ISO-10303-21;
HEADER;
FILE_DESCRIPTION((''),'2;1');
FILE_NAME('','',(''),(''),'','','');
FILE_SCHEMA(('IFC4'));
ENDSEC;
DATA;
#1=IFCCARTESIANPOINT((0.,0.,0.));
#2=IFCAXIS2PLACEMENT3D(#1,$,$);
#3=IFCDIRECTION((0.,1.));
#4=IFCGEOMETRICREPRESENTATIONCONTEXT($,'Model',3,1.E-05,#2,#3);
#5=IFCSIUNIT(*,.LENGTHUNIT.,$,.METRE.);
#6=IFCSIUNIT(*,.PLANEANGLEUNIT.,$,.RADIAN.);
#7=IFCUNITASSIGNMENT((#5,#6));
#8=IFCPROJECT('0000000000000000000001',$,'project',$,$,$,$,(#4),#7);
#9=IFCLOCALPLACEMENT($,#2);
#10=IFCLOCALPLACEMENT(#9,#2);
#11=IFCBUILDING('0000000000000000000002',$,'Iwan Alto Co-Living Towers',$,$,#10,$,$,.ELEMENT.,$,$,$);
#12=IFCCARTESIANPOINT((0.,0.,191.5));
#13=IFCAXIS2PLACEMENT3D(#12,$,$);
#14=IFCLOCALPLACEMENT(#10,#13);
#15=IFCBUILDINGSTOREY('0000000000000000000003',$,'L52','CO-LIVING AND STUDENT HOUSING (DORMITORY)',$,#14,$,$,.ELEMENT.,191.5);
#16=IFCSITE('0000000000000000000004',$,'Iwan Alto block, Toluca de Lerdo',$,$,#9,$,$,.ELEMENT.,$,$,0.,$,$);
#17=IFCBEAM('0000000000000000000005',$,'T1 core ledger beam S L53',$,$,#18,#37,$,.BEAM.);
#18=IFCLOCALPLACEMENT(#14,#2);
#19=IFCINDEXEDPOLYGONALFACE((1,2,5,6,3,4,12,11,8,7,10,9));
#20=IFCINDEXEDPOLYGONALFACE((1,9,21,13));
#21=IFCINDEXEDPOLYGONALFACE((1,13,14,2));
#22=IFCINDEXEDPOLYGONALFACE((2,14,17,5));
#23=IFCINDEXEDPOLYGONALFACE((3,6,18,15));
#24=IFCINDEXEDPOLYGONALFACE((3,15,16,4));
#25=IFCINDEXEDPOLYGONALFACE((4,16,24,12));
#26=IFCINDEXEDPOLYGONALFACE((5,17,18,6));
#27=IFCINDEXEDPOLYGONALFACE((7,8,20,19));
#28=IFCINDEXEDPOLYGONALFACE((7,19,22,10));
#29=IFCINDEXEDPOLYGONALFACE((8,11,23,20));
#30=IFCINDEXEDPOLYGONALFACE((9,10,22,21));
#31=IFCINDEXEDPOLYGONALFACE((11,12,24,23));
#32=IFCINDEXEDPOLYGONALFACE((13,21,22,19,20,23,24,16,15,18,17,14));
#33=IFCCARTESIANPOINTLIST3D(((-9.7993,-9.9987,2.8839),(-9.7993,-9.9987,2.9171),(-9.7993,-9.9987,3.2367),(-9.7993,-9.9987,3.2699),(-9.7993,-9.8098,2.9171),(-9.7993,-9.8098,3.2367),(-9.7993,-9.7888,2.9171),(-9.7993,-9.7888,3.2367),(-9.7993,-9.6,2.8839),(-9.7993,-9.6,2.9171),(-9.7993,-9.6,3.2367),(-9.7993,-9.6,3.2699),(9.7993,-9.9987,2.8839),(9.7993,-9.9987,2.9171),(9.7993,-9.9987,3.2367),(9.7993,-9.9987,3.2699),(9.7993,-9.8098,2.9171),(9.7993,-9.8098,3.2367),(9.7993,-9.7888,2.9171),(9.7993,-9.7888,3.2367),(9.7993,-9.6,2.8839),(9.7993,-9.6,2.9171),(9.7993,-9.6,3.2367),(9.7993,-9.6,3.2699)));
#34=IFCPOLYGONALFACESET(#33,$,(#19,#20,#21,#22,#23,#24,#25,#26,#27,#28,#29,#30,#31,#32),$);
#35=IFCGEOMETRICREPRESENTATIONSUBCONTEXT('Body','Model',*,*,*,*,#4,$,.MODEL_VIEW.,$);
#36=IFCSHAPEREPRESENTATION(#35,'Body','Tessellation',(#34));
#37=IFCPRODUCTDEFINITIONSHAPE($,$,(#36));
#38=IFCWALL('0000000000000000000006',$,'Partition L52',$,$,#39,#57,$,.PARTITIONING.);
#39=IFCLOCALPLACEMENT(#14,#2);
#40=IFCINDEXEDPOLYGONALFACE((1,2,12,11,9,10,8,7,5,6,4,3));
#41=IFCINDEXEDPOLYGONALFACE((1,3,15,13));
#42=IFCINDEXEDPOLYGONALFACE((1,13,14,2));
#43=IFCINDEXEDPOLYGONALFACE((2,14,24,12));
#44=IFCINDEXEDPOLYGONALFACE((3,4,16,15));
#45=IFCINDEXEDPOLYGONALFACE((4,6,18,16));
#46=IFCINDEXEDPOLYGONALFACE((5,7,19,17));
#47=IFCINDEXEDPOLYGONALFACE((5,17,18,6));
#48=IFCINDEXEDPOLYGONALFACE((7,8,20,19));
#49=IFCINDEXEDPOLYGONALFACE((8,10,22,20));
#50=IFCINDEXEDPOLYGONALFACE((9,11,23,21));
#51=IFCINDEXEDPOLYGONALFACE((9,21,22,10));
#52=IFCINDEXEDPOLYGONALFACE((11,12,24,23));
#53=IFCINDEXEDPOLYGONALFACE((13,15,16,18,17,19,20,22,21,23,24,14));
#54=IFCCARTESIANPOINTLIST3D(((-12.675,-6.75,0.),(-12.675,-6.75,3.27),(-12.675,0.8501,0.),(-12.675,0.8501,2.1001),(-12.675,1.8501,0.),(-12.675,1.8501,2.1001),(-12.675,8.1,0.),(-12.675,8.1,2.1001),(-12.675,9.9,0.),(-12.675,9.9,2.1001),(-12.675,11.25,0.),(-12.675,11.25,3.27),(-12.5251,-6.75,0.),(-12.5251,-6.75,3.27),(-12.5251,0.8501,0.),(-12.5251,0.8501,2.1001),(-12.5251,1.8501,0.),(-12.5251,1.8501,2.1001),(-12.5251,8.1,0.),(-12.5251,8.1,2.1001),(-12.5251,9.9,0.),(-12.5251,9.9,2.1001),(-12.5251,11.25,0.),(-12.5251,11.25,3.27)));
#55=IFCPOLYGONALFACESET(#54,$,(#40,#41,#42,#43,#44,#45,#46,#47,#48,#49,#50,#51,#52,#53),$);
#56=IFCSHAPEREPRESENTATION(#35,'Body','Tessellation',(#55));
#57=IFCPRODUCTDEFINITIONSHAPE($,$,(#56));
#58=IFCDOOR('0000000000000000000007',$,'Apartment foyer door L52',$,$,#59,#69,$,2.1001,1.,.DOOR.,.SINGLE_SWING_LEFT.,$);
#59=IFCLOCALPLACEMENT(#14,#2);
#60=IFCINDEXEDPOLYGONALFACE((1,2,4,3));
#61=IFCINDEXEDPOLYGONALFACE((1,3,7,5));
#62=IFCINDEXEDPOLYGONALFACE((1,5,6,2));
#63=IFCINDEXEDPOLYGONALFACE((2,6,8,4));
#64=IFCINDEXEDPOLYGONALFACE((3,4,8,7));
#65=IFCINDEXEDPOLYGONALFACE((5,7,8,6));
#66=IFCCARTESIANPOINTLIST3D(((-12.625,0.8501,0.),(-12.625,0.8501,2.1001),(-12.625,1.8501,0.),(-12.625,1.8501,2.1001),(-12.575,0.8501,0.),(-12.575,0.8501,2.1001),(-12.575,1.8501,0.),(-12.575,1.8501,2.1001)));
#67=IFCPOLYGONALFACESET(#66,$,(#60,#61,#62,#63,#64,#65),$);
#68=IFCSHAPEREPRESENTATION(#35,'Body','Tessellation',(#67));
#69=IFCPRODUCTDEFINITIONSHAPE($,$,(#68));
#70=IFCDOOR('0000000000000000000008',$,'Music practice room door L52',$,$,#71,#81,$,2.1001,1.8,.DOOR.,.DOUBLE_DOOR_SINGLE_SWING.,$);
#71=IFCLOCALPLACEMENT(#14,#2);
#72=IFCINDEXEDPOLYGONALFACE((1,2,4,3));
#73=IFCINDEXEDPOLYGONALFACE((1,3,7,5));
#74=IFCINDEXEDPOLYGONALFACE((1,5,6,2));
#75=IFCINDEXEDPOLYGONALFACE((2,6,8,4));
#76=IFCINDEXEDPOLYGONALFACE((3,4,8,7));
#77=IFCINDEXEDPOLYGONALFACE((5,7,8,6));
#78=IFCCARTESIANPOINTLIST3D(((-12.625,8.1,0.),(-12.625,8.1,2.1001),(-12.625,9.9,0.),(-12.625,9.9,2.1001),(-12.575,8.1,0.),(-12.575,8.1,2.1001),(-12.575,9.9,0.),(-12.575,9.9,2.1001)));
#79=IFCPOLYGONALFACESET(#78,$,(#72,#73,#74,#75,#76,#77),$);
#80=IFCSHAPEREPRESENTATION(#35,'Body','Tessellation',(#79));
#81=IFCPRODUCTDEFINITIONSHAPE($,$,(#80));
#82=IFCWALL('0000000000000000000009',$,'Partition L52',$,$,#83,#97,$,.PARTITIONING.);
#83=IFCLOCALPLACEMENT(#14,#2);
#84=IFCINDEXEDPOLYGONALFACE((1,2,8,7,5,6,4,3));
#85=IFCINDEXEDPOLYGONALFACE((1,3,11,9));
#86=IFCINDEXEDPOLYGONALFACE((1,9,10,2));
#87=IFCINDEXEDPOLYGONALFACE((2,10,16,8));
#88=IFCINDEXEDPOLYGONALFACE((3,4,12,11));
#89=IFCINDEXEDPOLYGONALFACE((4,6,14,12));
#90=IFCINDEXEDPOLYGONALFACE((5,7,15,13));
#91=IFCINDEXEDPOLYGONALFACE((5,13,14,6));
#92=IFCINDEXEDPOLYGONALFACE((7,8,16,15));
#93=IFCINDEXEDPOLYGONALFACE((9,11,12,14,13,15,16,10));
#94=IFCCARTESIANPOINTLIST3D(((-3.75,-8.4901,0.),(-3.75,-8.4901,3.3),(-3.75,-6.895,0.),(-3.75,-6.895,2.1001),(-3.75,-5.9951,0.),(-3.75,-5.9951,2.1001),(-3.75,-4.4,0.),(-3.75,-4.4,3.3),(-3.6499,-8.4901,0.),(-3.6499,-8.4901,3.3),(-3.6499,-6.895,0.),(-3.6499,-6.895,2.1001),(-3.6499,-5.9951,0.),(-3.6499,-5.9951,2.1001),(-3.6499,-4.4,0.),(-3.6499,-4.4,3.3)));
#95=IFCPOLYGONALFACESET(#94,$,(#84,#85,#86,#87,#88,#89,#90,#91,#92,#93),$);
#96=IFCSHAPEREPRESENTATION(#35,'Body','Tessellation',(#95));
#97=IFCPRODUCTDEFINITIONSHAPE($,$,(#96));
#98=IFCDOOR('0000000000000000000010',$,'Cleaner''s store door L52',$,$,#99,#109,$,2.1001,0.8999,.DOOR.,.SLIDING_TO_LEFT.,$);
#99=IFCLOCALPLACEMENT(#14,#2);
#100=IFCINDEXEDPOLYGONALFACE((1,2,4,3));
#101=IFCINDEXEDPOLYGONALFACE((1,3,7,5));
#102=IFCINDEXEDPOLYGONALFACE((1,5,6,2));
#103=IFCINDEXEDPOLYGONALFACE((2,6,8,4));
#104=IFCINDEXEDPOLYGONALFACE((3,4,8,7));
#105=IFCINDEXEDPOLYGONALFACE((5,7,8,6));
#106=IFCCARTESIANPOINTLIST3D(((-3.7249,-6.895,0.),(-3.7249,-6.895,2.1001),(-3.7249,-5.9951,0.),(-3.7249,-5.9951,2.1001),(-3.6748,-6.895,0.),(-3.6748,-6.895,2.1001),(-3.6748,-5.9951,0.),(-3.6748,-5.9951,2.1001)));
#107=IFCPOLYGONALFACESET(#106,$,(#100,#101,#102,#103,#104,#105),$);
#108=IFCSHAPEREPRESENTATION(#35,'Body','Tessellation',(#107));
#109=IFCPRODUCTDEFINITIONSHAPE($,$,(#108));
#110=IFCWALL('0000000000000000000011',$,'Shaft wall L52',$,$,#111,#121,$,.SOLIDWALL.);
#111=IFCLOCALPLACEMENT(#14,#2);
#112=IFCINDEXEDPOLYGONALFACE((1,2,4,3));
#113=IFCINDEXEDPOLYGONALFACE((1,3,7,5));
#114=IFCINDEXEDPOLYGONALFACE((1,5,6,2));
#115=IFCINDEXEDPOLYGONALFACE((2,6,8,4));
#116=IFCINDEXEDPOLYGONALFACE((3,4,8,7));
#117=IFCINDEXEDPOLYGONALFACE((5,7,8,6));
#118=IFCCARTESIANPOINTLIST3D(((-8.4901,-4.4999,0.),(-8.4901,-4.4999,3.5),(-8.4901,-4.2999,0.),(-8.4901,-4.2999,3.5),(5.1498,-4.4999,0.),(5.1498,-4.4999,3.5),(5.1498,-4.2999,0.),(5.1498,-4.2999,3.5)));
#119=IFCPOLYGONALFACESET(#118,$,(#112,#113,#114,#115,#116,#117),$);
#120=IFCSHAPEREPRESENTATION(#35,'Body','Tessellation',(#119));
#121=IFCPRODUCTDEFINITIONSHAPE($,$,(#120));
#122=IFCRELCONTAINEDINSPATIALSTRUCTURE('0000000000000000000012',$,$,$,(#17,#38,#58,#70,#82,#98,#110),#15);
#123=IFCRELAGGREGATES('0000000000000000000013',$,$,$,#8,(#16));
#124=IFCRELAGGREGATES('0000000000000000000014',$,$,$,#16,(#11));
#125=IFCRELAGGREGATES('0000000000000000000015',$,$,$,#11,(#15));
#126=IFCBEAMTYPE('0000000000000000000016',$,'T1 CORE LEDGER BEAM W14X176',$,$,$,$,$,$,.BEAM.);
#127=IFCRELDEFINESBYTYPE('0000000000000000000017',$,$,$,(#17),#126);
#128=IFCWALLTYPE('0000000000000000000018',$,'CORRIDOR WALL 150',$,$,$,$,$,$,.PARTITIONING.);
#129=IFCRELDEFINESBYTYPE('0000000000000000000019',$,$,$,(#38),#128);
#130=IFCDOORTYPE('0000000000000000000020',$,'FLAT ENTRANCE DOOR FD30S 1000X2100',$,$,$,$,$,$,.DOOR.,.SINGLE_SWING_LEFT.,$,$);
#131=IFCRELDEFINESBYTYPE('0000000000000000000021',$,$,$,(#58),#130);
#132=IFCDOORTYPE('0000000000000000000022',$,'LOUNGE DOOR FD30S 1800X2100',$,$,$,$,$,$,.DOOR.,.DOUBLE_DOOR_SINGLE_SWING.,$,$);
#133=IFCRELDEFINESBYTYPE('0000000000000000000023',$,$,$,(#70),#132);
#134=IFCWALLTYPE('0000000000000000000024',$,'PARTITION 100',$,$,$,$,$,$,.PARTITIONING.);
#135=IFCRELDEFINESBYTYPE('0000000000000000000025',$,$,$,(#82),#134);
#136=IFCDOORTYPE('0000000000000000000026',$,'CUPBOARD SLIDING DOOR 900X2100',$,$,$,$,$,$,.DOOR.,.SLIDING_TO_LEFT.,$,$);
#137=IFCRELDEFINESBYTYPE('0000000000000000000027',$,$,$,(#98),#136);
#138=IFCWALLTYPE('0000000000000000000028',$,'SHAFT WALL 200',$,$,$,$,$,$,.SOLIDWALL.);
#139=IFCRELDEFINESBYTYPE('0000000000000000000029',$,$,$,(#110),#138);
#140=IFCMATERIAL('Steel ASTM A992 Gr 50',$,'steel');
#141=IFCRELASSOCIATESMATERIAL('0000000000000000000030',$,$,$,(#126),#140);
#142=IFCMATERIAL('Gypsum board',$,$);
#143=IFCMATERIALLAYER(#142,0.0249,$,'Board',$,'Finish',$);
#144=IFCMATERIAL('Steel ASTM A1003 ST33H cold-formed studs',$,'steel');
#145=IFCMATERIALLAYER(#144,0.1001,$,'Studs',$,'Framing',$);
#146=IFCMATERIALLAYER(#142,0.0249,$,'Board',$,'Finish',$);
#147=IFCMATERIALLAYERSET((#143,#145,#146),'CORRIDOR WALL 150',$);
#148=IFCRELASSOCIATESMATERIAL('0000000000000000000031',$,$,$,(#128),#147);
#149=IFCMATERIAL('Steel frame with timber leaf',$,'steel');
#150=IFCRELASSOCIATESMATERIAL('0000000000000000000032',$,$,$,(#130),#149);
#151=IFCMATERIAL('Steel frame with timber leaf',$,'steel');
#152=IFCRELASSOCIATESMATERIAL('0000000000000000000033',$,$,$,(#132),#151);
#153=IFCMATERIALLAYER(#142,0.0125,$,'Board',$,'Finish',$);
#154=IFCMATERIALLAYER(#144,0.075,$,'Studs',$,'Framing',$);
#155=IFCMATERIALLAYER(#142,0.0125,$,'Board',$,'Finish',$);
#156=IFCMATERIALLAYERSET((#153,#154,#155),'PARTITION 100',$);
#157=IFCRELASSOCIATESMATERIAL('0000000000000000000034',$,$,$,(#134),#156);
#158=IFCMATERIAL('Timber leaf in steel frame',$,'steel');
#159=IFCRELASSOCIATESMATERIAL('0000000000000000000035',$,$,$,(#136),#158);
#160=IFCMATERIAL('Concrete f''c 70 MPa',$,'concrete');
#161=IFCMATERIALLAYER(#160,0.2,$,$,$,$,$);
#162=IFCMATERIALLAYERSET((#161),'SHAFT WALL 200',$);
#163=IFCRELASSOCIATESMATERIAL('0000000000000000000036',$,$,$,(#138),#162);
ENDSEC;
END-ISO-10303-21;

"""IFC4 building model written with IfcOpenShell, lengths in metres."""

from ifc_helpers import new_model, si_unit, direction, frame, frame_2d, origin, origin_2d, place, context, subcontext, project, spatial, rectangle, i_section, extrude, material, layer, layer_set, material_profile, profile_set, type_object, element, fill, save


model = new_model("IFC4")

# Units and contexts
model_context = context("Model", 3, precision=1e-05, world=origin(), true_north=direction((0.0, 1.0)))
body_context = subcontext(model_context, "Body", "Model", "MODEL_VIEW")
ifc_project = project(units=[si_unit("LENGTHUNIT", "METRE"), si_unit("PLANEANGLEUNIT", "RADIAN")], contexts=[model_context])

# Site, building, storey
site_placement = place(None, origin())
site = spatial("IfcSite", under=ifc_project, at=site_placement, Name="Iwan Alto block, Toluca de Lerdo", CompositionType="ELEMENT", RefElevation=0.0)
building_placement = place(site_placement, origin())
building = spatial("IfcBuilding", under=site, at=building_placement, Name="Iwan Alto Co-Living Towers", CompositionType="ELEMENT")
storey_placement = place(building_placement, frame((0.0, 0.0, 191.5)))
storey = spatial("IfcBuildingStorey", under=building, at=storey_placement, Name="L52", Description="CO-LIVING AND STUDENT HOUSING (DORMITORY)", CompositionType="ELEMENT", Elevation=191.5)

# Beam
ifc_material_1 = material(Name="Steel ASTM A992 Gr 50", Category="steel")
ifc_material_profile = material_profile(ifc_material_1, i_section(OverallWidth=0.3987, OverallDepth=0.386, WebThickness=0.021, FlangeThickness=0.0332, at=origin_2d()), Name="W14X176")
ifc_profile_set = profile_set([ifc_material_profile], Name="Steel ASTM A992 Gr 50")
beam_type = type_object("IfcBeamType", Name="T1 CORE LEDGER BEAM W14X176", PredefinedType="BEAM", material=ifc_profile_set)
beam_placement = place(storey_placement, frame((-9.7993, -9.7993, 3.0769), z_axis=(1.0, 0.0, 0.0), x_axis=(0.0, 1.0, 0.0)))
element("IfcBeam", 1, at=beam_placement, inside=storey, type_object=beam_type, Name="T1 core ledger beam S L53", PredefinedType="BEAM", context=body_context, shape_type="SweptSolid", body=[
    extrude(i_section(OverallWidth=0.3987, OverallDepth=0.386, WebThickness=0.021, FlangeThickness=0.0332, at=origin_2d()), origin(), (0.0, 0.0, 1.0), 19.5986),
])

# Wall, openings, doors
ifc_material_2 = material(Name="Gypsum board")
ifc_layer_1 = layer(ifc_material_2, 0.0249, Name="Board", Category="Finish")
ifc_material_3 = material(Name="Steel ASTM A1003 ST33H cold-formed studs", Category="steel")
ifc_layer_2 = layer(ifc_material_3, 0.1001, Name="Studs", Category="Framing")
ifc_layer_3 = layer(ifc_material_2, 0.0249, Name="Board", Category="Finish")
ifc_layer_set_1 = layer_set([ifc_layer_1, ifc_layer_2, ifc_layer_3], Name="CORRIDOR WALL 150")
wall_type_1 = type_object("IfcWallType", Name="CORRIDOR WALL 150", PredefinedType="PARTITIONING", material=ifc_layer_set_1)
wall_1_placement = place(storey_placement, frame((-12.6001, -6.75, 0.0), z_axis=(0.0, 0.0, 1.0), x_axis=(0.0, 1.0, 0.0)))
wall_1 = element("IfcWall", 2, at=wall_1_placement, inside=storey, type_object=wall_type_1, Name="Partition L52", PredefinedType="PARTITIONING", context=body_context, shape_type="SweptSolid", body=[
    extrude(rectangle(XDim=18.0, YDim=0.1499, at=frame_2d((9.0, 0.0))), origin(), (0.0, 0.0, 1.0), 3.27),
])
opening_1_placement = place(wall_1_placement, frame((14.8501, 0.0, 0.0)))
opening_1 = element("IfcOpeningElement", 3, at=opening_1_placement, cuts=wall_1, PredefinedType="OPENING", context=body_context, shape_type="SweptSolid", body=[
    extrude(rectangle(XDim=1.8, YDim=2.1001, at=frame_2d((0.8999, 1.05))), frame((0.0, 0.085, 0.0), z_axis=(0.0, -1.0, 0.0), x_axis=(1.0, 0.0, 0.0)), (0.0, 0.0, 1.0), 0.1699),
])
opening_2_placement = place(wall_1_placement, frame((7.6001, 0.0, 0.0)))
opening_2 = element("IfcOpeningElement", 4, at=opening_2_placement, cuts=wall_1, PredefinedType="OPENING", context=body_context, shape_type="SweptSolid", body=[
    extrude(rectangle(XDim=1.0, YDim=2.1001, at=frame_2d((0.5, 1.05))), frame((0.0, 0.085, 0.0), z_axis=(0.0, -1.0, 0.0), x_axis=(1.0, 0.0, 0.0)), (0.0, 0.0, 1.0), 0.1699),
])
ifc_material_4 = material(Name="Steel frame with timber leaf", Category="steel")
door_type_1 = type_object("IfcDoorType", Name="FLAT ENTRANCE DOOR FD30S 1000X2100", OperationType="SINGLE_SWING_LEFT", PredefinedType="DOOR", material=ifc_material_4)
door_1_placement = place(opening_2_placement, origin())
door_1 = element("IfcDoor", 5, at=door_1_placement, inside=storey, type_object=door_type_1, Name="Apartment foyer door L52", OperationType="SINGLE_SWING_LEFT", OverallHeight=2.1001, OverallWidth=1.0, PredefinedType="DOOR", context=body_context, shape_type="SweptSolid", body=[
    extrude(rectangle(XDim=1.0, YDim=2.1001, at=frame_2d((0.5, 1.05))), frame((0.0, 0.0249, 0.0), z_axis=(0.0, -1.0, 0.0), x_axis=(1.0, 0.0, 0.0)), (0.0, 0.0, 1.0), 0.05),
])
fill(opening_2, door_1)
ifc_material_5 = material(Name="Steel frame with timber leaf", Category="steel")
door_type_2 = type_object("IfcDoorType", Name="LOUNGE DOOR FD30S 1800X2100", OperationType="DOUBLE_DOOR_SINGLE_SWING", PredefinedType="DOOR", material=ifc_material_5)
door_2_placement = place(opening_1_placement, origin())
door_2 = element("IfcDoor", 6, at=door_2_placement, inside=storey, type_object=door_type_2, Name="Music practice room door L52", OperationType="DOUBLE_DOOR_SINGLE_SWING", OverallHeight=2.1001, OverallWidth=1.8, PredefinedType="DOOR", context=body_context, shape_type="SweptSolid", body=[
    extrude(rectangle(XDim=1.8, YDim=2.1001, at=frame_2d((0.8999, 1.05))), frame((0.0, 0.0249, 0.0), z_axis=(0.0, -1.0, 0.0), x_axis=(1.0, 0.0, 0.0)), (0.0, 0.0, 1.0), 0.05),
])
fill(opening_1, door_2)

# Wall, opening, door
ifc_layer_4 = layer(ifc_material_2, 0.0125, Name="Board", Category="Finish")
ifc_layer_5 = layer(ifc_material_3, 0.075, Name="Studs", Category="Framing")
ifc_layer_6 = layer(ifc_material_2, 0.0125, Name="Board", Category="Finish")
ifc_layer_set_2 = layer_set([ifc_layer_4, ifc_layer_5, ifc_layer_6], Name="PARTITION 100")
wall_type_2 = type_object("IfcWallType", Name="PARTITION 100", PredefinedType="PARTITIONING", material=ifc_layer_set_2)
wall_2_placement = place(storey_placement, frame((-3.7, -8.49, 0.0), z_axis=(0.0, 0.0, 1.0), x_axis=(0.0, 1.0, 0.0)))
wall_2 = element("IfcWall", 7, at=wall_2_placement, inside=storey, type_object=wall_type_2, Name="Partition L52", PredefinedType="PARTITIONING", context=body_context, shape_type="SweptSolid", body=[
    extrude(rectangle(XDim=4.0901, YDim=0.1001, at=frame_2d((2.0449, 0.0))), origin(), (0.0, 0.0, 1.0), 3.3),
])
opening_3_placement = place(wall_2_placement, frame((1.595, 0.0, 0.0)))
opening_3 = element("IfcOpeningElement", 8, at=opening_3_placement, cuts=wall_2, PredefinedType="OPENING", context=body_context, shape_type="SweptSolid", body=[
    extrude(rectangle(XDim=0.8999, YDim=2.1001, at=frame_2d((0.45, 1.05))), frame((0.0, 0.0601, 0.0), z_axis=(0.0, -1.0, 0.0), x_axis=(1.0, 0.0, 0.0)), (0.0, 0.0, 1.0), 0.1201),
])
ifc_material_6 = material(Name="Timber leaf in steel frame", Category="steel")
door_type_3 = type_object("IfcDoorType", Name="CUPBOARD SLIDING DOOR 900X2100", OperationType="SLIDING_TO_LEFT", PredefinedType="DOOR", material=ifc_material_6)
door_3_placement = place(opening_3_placement, origin())
door_3 = element("IfcDoor", 9, at=door_3_placement, inside=storey, type_object=door_type_3, Name="Cleaner's store door L52", OperationType="SLIDING_TO_LEFT", OverallHeight=2.1001, OverallWidth=0.8999, PredefinedType="DOOR", context=body_context, shape_type="SweptSolid", body=[
    extrude(rectangle(XDim=0.8999, YDim=2.1001, at=frame_2d((0.45, 1.05))), frame((0.0, 0.0249, 0.0), z_axis=(0.0, -1.0, 0.0), x_axis=(1.0, 0.0, 0.0)), (0.0, 0.0, 1.0), 0.05),
])
fill(opening_3, door_3)

# Wall
ifc_material_7 = material(Name="Concrete f'c 70 MPa", Category="concrete")
ifc_layer_7 = layer(ifc_material_7, 0.2)
ifc_layer_set_3 = layer_set([ifc_layer_7], Name="SHAFT WALL 200")
wall_type_3 = type_object("IfcWallType", Name="SHAFT WALL 200", PredefinedType="SOLIDWALL", material=ifc_layer_set_3)
wall_3_placement = place(storey_placement, frame((-8.49, -4.3999, 0.0), z_axis=(0.0, 0.0, 1.0), x_axis=(1.0, 0.0, 0.0)))
element("IfcWall", 10, at=wall_3_placement, inside=storey, type_object=wall_type_3, Name="Shaft wall L52", PredefinedType="SOLIDWALL", context=body_context, shape_type="SweptSolid", body=[
    extrude(rectangle(XDim=13.6399, YDim=0.2, at=frame_2d((6.8198, 0.0))), origin(), (0.0, 0.0, 1.0), 3.5),
])

save(model, "model.ifc")
